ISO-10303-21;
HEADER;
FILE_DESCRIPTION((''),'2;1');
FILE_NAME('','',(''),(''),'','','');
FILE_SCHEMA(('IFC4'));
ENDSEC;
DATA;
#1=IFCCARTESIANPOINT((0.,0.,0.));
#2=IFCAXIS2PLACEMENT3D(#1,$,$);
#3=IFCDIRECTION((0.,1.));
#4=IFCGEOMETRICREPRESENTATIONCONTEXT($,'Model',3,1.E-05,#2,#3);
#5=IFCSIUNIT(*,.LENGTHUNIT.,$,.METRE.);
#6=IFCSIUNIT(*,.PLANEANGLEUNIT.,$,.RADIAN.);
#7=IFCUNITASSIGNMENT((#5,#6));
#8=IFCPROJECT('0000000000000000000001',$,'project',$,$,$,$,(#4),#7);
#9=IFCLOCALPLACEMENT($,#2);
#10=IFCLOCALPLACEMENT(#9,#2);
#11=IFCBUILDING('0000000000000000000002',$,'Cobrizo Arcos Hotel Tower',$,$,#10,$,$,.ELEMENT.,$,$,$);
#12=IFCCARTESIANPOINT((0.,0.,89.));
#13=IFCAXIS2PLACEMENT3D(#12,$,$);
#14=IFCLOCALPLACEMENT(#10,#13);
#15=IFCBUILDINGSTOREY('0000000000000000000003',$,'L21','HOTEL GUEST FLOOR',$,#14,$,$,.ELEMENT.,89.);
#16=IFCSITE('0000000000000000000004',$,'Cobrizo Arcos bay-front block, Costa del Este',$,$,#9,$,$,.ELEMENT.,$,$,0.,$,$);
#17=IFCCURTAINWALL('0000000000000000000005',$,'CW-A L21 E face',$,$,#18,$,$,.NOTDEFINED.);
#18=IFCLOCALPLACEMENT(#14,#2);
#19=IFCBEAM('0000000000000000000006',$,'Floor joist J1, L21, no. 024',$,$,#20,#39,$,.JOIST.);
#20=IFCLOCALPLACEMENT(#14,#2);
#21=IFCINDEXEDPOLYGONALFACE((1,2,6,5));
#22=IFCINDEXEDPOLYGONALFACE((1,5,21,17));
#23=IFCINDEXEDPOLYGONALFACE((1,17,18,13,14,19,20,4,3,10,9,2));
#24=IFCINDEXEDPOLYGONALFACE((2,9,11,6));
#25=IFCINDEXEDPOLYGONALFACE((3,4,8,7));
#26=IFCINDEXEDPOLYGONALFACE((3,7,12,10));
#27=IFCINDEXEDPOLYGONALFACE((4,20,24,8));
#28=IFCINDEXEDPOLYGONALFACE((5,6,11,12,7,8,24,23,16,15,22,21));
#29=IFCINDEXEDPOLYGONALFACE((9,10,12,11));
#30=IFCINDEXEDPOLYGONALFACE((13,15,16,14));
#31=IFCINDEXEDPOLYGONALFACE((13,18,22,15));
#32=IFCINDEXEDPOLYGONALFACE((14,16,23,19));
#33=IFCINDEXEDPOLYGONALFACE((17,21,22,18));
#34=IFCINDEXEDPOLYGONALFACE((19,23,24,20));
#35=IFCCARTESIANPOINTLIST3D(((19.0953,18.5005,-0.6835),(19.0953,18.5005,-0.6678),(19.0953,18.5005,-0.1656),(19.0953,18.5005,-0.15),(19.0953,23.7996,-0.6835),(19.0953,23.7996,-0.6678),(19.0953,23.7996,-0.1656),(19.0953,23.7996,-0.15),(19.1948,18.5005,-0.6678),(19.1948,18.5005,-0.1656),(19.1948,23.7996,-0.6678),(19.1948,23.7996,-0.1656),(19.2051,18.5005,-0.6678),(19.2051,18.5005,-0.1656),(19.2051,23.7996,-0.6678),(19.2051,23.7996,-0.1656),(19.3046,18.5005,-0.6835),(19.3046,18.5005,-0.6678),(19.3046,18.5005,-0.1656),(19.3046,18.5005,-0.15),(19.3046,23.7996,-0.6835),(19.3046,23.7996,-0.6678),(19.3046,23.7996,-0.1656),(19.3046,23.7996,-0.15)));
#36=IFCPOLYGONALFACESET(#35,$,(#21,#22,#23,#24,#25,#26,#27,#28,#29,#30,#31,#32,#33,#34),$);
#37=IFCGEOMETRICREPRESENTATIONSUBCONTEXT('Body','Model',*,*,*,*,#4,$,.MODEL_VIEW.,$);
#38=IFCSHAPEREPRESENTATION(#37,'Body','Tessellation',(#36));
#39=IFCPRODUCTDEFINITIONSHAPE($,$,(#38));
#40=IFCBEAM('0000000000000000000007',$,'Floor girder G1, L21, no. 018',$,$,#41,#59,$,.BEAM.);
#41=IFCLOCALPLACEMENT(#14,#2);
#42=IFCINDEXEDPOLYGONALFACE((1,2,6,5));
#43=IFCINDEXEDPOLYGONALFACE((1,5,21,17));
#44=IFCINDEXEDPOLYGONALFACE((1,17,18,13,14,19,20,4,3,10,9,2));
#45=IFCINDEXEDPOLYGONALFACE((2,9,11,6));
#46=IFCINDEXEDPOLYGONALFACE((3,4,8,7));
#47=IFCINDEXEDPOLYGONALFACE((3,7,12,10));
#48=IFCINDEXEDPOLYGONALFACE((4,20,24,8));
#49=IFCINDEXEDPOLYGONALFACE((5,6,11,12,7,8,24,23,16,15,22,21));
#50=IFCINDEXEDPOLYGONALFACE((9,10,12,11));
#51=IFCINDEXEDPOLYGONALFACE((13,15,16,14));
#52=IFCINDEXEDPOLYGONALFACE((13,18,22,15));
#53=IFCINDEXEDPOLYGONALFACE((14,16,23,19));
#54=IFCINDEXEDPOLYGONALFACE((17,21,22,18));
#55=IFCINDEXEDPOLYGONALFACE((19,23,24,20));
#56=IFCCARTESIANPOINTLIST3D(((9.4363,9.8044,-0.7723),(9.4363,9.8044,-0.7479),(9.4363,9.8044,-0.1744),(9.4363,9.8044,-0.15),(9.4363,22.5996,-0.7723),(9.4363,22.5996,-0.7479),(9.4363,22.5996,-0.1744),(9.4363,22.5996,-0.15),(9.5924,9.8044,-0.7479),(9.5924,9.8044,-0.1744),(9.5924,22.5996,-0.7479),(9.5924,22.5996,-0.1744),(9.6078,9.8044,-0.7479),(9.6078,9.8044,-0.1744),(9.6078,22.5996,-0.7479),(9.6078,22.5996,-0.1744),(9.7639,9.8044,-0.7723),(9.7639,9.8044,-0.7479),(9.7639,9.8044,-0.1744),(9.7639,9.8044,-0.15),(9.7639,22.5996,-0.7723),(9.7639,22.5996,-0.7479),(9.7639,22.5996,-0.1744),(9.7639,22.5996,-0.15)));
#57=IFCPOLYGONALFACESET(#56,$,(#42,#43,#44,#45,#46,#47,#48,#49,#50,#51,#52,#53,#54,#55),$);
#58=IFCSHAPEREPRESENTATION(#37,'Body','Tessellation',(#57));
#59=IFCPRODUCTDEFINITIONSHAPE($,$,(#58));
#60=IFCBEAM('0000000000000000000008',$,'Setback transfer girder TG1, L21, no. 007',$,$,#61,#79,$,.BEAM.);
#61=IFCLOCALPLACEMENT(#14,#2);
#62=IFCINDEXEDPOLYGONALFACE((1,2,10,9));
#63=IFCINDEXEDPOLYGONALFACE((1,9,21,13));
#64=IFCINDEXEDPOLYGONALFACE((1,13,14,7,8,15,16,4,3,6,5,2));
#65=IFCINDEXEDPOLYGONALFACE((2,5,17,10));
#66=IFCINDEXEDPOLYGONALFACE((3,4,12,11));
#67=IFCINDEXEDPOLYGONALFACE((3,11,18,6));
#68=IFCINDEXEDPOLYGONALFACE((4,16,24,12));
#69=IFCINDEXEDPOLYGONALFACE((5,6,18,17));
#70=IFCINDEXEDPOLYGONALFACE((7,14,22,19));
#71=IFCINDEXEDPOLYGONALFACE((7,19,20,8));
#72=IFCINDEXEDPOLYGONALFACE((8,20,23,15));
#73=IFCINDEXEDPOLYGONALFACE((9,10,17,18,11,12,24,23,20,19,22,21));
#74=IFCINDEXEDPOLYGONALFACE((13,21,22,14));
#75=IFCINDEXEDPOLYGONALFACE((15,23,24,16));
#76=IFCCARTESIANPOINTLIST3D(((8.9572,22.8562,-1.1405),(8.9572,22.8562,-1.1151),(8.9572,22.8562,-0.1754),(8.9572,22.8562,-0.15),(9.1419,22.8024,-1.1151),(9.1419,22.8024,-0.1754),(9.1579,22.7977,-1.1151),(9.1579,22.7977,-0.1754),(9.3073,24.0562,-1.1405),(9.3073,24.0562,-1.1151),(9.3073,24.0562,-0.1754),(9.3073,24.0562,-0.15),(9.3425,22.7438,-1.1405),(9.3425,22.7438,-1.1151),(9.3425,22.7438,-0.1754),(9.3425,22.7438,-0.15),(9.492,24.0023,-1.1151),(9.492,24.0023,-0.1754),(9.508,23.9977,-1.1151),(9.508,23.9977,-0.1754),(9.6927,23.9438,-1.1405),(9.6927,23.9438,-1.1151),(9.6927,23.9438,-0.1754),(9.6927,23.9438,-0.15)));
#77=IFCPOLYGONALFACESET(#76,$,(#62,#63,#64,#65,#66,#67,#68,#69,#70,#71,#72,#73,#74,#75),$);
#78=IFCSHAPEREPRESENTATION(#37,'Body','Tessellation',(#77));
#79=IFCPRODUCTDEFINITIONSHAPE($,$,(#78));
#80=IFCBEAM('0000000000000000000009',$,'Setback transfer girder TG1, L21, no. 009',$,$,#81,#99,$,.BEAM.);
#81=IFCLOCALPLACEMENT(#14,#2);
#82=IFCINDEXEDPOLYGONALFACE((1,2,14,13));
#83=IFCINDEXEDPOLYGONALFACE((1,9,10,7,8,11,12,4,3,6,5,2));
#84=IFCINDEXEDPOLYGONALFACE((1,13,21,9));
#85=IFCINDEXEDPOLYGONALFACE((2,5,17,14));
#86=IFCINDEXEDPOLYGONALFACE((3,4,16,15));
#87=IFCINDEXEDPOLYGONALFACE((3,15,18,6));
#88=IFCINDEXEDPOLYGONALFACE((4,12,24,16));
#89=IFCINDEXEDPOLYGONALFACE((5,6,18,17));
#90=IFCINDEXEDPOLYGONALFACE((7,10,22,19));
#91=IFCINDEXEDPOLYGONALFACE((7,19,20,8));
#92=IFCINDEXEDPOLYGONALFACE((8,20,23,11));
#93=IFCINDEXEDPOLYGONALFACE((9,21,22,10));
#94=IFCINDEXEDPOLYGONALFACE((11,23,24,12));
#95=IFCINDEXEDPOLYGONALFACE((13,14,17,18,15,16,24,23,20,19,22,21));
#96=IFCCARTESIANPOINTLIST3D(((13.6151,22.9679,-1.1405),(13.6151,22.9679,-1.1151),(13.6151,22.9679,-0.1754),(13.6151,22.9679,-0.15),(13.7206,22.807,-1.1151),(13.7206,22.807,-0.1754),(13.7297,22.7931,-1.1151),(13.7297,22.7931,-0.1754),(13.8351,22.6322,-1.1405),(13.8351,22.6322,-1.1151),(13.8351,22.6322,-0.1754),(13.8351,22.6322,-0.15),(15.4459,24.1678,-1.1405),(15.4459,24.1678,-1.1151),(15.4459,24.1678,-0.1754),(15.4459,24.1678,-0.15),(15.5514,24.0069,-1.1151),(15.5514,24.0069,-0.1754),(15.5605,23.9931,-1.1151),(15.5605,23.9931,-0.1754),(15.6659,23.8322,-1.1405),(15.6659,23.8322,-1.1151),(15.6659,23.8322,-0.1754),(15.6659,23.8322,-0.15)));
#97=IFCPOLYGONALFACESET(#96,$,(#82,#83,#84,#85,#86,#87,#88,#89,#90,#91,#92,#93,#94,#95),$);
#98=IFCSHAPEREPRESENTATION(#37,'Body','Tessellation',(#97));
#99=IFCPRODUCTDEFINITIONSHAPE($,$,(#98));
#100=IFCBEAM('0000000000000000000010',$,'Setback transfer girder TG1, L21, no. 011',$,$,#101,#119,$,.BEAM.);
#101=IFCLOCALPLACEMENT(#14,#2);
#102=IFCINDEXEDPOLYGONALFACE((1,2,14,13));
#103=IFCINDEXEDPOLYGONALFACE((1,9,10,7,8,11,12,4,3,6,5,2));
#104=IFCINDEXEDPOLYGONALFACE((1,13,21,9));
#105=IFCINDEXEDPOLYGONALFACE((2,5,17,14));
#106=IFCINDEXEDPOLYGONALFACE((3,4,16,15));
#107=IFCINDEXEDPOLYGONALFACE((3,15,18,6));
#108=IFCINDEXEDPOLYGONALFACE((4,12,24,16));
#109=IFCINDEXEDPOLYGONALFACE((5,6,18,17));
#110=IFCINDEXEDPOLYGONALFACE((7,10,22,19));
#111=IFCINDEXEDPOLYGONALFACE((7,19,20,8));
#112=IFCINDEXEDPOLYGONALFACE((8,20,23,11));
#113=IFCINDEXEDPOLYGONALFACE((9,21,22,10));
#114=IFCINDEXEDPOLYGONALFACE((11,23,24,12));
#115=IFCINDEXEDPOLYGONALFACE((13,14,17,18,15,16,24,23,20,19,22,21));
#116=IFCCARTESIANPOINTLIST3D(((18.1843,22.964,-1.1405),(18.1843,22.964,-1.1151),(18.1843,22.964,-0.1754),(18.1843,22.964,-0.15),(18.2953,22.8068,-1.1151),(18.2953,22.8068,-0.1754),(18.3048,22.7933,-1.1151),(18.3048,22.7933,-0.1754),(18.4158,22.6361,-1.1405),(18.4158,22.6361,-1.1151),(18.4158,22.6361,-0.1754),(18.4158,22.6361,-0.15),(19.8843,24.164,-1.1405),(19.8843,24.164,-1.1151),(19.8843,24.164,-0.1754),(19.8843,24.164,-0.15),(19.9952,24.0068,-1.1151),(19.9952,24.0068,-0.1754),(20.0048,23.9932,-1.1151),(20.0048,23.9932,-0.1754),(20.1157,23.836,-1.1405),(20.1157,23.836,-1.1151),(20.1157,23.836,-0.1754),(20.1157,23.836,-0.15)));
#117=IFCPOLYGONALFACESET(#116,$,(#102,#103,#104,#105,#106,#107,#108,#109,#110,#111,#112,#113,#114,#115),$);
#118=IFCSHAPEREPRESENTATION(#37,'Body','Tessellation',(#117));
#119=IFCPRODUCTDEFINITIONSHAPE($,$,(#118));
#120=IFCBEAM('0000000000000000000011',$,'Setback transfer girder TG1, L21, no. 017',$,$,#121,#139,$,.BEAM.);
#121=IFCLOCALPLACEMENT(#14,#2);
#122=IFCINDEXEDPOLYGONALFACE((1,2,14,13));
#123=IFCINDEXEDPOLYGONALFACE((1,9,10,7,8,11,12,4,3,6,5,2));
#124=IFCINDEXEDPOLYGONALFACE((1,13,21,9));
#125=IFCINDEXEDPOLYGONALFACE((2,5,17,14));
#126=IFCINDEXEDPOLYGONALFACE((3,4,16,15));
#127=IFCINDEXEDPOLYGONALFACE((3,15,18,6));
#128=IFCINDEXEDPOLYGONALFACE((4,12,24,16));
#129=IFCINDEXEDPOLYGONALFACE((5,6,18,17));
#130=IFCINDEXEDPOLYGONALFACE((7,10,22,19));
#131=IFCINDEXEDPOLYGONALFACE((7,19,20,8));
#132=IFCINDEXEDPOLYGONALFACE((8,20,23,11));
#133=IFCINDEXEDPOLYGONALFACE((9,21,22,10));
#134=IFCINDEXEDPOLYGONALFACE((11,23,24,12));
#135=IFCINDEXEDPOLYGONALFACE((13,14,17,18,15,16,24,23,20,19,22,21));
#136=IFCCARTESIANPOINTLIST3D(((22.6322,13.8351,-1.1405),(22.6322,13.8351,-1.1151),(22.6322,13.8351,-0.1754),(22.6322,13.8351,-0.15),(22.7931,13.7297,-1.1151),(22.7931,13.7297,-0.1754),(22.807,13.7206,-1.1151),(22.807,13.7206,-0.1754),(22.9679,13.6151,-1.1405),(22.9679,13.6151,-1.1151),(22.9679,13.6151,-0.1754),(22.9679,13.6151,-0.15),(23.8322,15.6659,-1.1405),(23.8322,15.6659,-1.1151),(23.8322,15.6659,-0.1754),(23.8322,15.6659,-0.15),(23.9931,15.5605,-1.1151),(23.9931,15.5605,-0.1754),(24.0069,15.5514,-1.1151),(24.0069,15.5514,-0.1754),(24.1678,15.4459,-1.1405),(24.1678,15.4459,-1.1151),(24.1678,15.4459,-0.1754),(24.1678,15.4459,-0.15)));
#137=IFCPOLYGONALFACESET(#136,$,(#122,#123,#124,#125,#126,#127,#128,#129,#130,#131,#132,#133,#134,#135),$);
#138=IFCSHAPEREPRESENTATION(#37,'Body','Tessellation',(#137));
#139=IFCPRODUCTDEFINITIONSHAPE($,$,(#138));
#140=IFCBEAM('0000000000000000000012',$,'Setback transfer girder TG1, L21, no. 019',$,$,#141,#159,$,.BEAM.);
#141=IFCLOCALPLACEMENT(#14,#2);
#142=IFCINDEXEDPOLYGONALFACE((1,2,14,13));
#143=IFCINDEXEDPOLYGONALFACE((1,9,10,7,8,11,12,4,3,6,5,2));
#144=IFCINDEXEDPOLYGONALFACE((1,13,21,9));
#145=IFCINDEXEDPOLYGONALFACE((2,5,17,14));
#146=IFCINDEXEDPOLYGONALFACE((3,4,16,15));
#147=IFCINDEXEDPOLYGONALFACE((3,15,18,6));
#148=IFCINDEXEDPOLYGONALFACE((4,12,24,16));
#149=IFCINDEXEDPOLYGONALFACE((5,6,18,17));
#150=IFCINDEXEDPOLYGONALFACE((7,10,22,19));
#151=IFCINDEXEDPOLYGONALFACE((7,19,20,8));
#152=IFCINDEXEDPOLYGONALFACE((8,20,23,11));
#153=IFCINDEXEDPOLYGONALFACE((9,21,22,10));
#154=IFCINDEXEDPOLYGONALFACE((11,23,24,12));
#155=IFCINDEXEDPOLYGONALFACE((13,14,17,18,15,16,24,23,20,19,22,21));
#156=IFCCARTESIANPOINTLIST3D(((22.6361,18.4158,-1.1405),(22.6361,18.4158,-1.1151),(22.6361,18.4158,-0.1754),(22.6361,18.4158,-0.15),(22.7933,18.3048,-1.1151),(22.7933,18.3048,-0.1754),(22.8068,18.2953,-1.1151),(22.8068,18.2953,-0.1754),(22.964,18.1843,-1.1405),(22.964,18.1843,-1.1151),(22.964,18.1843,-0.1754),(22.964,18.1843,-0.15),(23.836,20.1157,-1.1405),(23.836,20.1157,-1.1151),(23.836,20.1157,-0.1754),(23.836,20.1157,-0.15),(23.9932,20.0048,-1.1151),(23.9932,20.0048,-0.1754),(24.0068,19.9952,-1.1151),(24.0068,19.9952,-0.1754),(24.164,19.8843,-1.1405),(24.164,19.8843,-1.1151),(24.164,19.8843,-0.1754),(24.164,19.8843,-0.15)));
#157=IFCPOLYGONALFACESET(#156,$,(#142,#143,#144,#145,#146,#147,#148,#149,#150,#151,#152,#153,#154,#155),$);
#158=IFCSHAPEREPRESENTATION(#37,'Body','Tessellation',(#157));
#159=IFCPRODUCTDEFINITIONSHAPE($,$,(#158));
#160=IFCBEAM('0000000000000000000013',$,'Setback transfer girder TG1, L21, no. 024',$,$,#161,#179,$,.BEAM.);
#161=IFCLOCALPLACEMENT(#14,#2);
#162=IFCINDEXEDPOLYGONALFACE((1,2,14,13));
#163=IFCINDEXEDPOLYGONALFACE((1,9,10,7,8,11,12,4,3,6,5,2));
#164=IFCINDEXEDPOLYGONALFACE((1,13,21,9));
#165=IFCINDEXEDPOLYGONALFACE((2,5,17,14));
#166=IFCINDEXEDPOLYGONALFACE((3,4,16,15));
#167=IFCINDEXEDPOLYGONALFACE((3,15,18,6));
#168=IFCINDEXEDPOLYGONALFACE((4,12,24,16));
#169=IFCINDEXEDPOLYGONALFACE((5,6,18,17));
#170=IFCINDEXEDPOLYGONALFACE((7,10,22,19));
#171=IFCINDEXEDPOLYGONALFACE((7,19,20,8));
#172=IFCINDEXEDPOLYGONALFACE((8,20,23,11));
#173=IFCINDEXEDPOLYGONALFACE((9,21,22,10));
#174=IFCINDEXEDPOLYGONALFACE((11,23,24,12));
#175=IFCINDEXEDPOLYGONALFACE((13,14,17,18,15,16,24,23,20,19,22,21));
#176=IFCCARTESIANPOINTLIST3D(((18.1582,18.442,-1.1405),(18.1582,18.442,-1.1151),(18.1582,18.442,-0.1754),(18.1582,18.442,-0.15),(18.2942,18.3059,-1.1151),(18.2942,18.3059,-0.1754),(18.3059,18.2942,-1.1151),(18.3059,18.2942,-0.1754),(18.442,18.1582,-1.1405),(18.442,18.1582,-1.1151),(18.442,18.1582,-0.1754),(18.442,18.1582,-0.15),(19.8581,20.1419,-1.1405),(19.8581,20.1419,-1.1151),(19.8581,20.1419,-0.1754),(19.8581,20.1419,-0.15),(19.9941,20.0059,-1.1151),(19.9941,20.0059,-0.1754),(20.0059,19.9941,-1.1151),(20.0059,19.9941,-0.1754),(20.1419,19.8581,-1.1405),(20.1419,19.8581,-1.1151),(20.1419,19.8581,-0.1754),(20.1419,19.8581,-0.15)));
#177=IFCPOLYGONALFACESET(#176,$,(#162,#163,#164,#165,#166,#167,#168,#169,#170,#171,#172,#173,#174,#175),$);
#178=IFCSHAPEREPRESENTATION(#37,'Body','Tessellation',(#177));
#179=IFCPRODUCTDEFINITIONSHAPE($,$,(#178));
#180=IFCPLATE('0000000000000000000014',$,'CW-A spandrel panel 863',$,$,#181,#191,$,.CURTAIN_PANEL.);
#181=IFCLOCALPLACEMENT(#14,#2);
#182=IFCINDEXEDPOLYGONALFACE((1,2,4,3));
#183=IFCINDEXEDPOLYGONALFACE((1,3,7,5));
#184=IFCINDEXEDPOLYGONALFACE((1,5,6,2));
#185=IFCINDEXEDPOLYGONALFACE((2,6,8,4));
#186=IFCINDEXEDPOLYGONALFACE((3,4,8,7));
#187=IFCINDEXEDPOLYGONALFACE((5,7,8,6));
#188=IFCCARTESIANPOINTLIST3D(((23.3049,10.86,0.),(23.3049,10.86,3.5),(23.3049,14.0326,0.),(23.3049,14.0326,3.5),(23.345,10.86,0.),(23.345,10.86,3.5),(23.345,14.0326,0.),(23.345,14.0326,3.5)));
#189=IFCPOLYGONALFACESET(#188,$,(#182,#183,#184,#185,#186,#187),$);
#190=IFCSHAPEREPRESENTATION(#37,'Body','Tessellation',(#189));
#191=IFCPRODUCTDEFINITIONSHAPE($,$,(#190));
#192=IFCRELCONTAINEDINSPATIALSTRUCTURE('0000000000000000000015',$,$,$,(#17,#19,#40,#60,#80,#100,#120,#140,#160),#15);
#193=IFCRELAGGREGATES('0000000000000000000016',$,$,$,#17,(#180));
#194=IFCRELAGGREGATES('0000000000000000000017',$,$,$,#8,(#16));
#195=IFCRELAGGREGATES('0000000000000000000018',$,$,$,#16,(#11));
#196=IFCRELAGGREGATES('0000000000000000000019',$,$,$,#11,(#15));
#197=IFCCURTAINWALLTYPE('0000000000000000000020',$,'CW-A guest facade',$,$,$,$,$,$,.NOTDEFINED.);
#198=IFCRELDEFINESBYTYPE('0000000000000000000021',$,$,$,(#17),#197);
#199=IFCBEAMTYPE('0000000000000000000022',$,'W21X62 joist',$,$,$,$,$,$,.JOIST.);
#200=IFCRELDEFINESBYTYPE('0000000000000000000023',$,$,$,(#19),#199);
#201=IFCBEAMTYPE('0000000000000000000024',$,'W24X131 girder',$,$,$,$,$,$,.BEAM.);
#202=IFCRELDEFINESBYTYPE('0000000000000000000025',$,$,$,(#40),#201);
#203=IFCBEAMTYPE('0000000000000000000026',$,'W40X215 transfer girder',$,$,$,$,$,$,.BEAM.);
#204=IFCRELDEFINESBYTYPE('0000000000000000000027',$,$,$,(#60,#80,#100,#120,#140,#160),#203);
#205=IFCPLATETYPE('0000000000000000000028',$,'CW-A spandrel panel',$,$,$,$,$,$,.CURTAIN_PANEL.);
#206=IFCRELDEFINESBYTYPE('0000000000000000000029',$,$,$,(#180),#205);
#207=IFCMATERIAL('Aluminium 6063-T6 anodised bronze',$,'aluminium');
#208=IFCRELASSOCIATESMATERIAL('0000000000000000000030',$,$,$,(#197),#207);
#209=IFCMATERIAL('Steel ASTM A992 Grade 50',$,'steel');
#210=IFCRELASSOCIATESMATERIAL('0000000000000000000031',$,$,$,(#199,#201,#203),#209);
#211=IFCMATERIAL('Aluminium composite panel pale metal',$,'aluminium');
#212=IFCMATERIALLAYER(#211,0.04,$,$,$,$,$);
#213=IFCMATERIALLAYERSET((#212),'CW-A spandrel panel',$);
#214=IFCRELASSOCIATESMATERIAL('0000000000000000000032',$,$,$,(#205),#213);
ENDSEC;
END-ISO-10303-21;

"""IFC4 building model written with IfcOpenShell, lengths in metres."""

from ifc_helpers import new_model, si_unit, direction, frame, origin, origin_2d, place, context, subcontext, project, spatial, rectangle, i_section, extrude, material, layer, layer_set, material_profile, profile_set, type_object, element, aggregate, save


model = new_model("IFC4")

# Units and contexts
model_context = context("Model", 3, precision=1e-05, world=origin(), true_north=direction((0.0, 1.0)))
body_context = subcontext(model_context, "Body", "Model", "MODEL_VIEW")
ifc_project = project(units=[si_unit("LENGTHUNIT", "METRE"), si_unit("PLANEANGLEUNIT", "RADIAN")], contexts=[model_context])

# Site, building, storey
site_placement = place(None, origin())
site = spatial("IfcSite", under=ifc_project, at=site_placement, Name="Cobrizo Arcos bay-front block, Costa del Este", CompositionType="ELEMENT", RefElevation=0.0)
building_placement = place(site_placement, origin())
building = spatial("IfcBuilding", under=site, at=building_placement, Name="Cobrizo Arcos Hotel Tower", CompositionType="ELEMENT")
storey_placement = place(building_placement, frame((0.0, 0.0, 89.0)))
storey = spatial("IfcBuildingStorey", under=building, at=storey_placement, Name="L21", Description="HOTEL GUEST FLOOR", CompositionType="ELEMENT", Elevation=89.0)

# Curtain wall
ifc_material_1 = material(Name="Aluminium 6063-T6 anodised bronze", Category="aluminium")
curtain_wall_type = type_object("IfcCurtainWallType", Name="CW-A guest facade", PredefinedType="NOTDEFINED", material=ifc_material_1)
curtain_wall_placement = place(storey_placement, origin())
curtain_wall = element("IfcCurtainWall", 1, at=curtain_wall_placement, inside=storey, type_object=curtain_wall_type, Name="CW-A L21 E face", PredefinedType="NOTDEFINED")

# Beams
ifc_material_2 = material(Name="Steel ASTM A992 Grade 50", Category="steel")
ifc_material_profile_1 = material_profile(ifc_material_2, i_section(OverallWidth=0.2092, OverallDepth=0.5334, WebThickness=0.0103, FlangeThickness=0.0156, at=origin_2d()), Name="W21X62")
ifc_profile_set_1 = profile_set([ifc_material_profile_1], Name="Steel ASTM A992 Grade 50")
beam_type_1 = type_object("IfcBeamType", Name="W21X62 joist", PredefinedType="JOIST", material=ifc_profile_set_1)
beam_1_placement = place(storey_placement, frame((19.2, 18.5005, -0.4167), z_axis=(0.0, 1.0, 0.0), x_axis=(-1.0, 0.0, 0.0)))
element("IfcBeam", 2, at=beam_1_placement, inside=storey, type_object=beam_type_1, Name="Floor joist J1, L21, no. 024", PredefinedType="JOIST", context=body_context, shape_type="SweptSolid", body=[
    extrude(i_section(OverallWidth=0.2092, OverallDepth=0.5334, WebThickness=0.0103, FlangeThickness=0.0156, at=origin_2d()), origin(), (0.0, 0.0, 1.0), 5.2991),
])
ifc_material_profile_2 = material_profile(ifc_material_2, i_section(OverallWidth=0.3276, OverallDepth=0.6223, WebThickness=0.0154, FlangeThickness=0.0244, at=origin_2d()), Name="W24X131")
ifc_profile_set_2 = profile_set([ifc_material_profile_2], Name="Steel ASTM A992 Grade 50")
beam_type_2 = type_object("IfcBeamType", Name="W24X131 girder", PredefinedType="BEAM", material=ifc_profile_set_2)
beam_2_placement = place(storey_placement, frame((9.6001, 9.8044, -0.4612), z_axis=(0.0, 1.0, 0.0), x_axis=(-1.0, 0.0, 0.0)))
element("IfcBeam", 3, at=beam_2_placement, inside=storey, type_object=beam_type_2, Name="Floor girder G1, L21, no. 018", PredefinedType="BEAM", context=body_context, shape_type="SweptSolid", body=[
    extrude(i_section(OverallWidth=0.3276, OverallDepth=0.6223, WebThickness=0.0154, FlangeThickness=0.0244, at=origin_2d()), origin(), (0.0, 0.0, 1.0), 12.7952),
])
ifc_material_profile_3 = material_profile(ifc_material_2, i_section(OverallWidth=0.4014, OverallDepth=0.9905, WebThickness=0.0166, FlangeThickness=0.0254, at=origin_2d()), Name="W40X215")
ifc_profile_set_3 = profile_set([ifc_material_profile_3], Name="Steel ASTM A992 Grade 50")
beam_type_3 = type_object("IfcBeamType", Name="W40X215 transfer girder", PredefinedType="BEAM", material=ifc_profile_set_3)
beam_3_placement = place(storey_placement, frame((9.5, 24.0, -0.6453), z_axis=(-0.280083, -0.959976, 0.0), x_axis=(0.959976, -0.280083, 0.0)))
element("IfcBeam", 4, at=beam_3_placement, inside=storey, type_object=beam_type_3, Name="Setback transfer girder TG1, L21, no. 007", PredefinedType="BEAM", context=body_context, shape_type="SweptSolid", body=[
    extrude(i_section(OverallWidth=0.4014, OverallDepth=0.9905, WebThickness=0.0166, FlangeThickness=0.0254, at=origin_2d()), origin(), (0.0, 0.0, 1.0), 1.25),
])
beam_4_placement = place(storey_placement, frame((15.5559, 24.0, -0.6453), z_axis=(-0.836366, -0.548172, 0.0), x_axis=(0.548172, -0.836366, 0.0)))
element("IfcBeam", 5, at=beam_4_placement, inside=storey, type_object=beam_type_3, Name="Setback transfer girder TG1, L21, no. 009", PredefinedType="BEAM", context=body_context, shape_type="SweptSolid", body=[
    extrude(i_section(OverallWidth=0.4014, OverallDepth=0.9905, WebThickness=0.0166, FlangeThickness=0.0254, at=origin_2d()), origin(), (0.0, 0.0, 1.0), 2.189),
])
beam_5_placement = place(storey_placement, frame((20.0, 24.0, -0.6453), z_axis=(-0.816971, -0.576679, 0.0), x_axis=(0.576679, -0.816971, 0.0)))
element("IfcBeam", 6, at=beam_5_placement, inside=storey, type_object=beam_type_3, Name="Setback transfer girder TG1, L21, no. 011", PredefinedType="BEAM", context=body_context, shape_type="SweptSolid", body=[
    extrude(i_section(OverallWidth=0.4014, OverallDepth=0.9905, WebThickness=0.0166, FlangeThickness=0.0254, at=origin_2d()), origin(), (0.0, 0.0, 1.0), 2.0808),
])
beam_6_placement = place(storey_placement, frame((24.0, 15.5559, -0.6453), z_axis=(-0.548172, -0.836366, 0.0), x_axis=(0.836366, -0.548172, 0.0)))
element("IfcBeam", 7, at=beam_6_placement, inside=storey, type_object=beam_type_3, Name="Setback transfer girder TG1, L21, no. 017", PredefinedType="BEAM", context=body_context, shape_type="SweptSolid", body=[
    extrude(i_section(OverallWidth=0.4014, OverallDepth=0.9905, WebThickness=0.0166, FlangeThickness=0.0254, at=origin_2d()), origin(), (0.0, 0.0, 1.0), 2.189),
])
beam_7_placement = place(storey_placement, frame((24.0, 20.0, -0.6453), z_axis=(-0.576679, -0.816971, 0.0), x_axis=(0.816971, -0.576679, 0.0)))
element("IfcBeam", 8, at=beam_7_placement, inside=storey, type_object=beam_type_3, Name="Setback transfer girder TG1, L21, no. 019", PredefinedType="BEAM", context=body_context, shape_type="SweptSolid", body=[
    extrude(i_section(OverallWidth=0.4014, OverallDepth=0.9905, WebThickness=0.0166, FlangeThickness=0.0254, at=origin_2d()), origin(), (0.0, 0.0, 1.0), 2.0808),
])
beam_8_placement = place(storey_placement, frame((20.0, 20.0, -0.6453), z_axis=(-0.707107, -0.707107, 0.0), x_axis=(0.707107, -0.707107, 0.0)))
element("IfcBeam", 9, at=beam_8_placement, inside=storey, type_object=beam_type_3, Name="Setback transfer girder TG1, L21, no. 024", PredefinedType="BEAM", context=body_context, shape_type="SweptSolid", body=[
    extrude(i_section(OverallWidth=0.4014, OverallDepth=0.9905, WebThickness=0.0166, FlangeThickness=0.0254, at=origin_2d()), origin(), (0.0, 0.0, 1.0), 2.4041),
])

# Plate
ifc_material_3 = material(Name="Aluminium composite panel pale metal", Category="aluminium")
ifc_layer_1 = layer(ifc_material_3, 0.04)
ifc_layer_set_1 = layer_set([ifc_layer_1], Name="CW-A spandrel panel")
plate_type = type_object("IfcPlateType", Name="CW-A spandrel panel", PredefinedType="CURTAIN_PANEL", material=ifc_layer_set_1)
plate_placement = place(storey_placement, frame((23.325, 12.4463, 0.0), z_axis=(0.0, 0.0, 1.0), x_axis=(0.0, 1.0, 0.0)))
plate = element("IfcPlate", 10, at=plate_placement, type_object=plate_type, Name="CW-A spandrel panel 863", PredefinedType="CURTAIN_PANEL", context=body_context, shape_type="SweptSolid", body=[
    extrude(rectangle(XDim=3.1726, YDim=0.04, at=origin_2d()), origin(), (0.0, 0.0, 1.0), 3.5),
])
aggregate(curtain_wall, [plate])

save(model, "model.ifc")
